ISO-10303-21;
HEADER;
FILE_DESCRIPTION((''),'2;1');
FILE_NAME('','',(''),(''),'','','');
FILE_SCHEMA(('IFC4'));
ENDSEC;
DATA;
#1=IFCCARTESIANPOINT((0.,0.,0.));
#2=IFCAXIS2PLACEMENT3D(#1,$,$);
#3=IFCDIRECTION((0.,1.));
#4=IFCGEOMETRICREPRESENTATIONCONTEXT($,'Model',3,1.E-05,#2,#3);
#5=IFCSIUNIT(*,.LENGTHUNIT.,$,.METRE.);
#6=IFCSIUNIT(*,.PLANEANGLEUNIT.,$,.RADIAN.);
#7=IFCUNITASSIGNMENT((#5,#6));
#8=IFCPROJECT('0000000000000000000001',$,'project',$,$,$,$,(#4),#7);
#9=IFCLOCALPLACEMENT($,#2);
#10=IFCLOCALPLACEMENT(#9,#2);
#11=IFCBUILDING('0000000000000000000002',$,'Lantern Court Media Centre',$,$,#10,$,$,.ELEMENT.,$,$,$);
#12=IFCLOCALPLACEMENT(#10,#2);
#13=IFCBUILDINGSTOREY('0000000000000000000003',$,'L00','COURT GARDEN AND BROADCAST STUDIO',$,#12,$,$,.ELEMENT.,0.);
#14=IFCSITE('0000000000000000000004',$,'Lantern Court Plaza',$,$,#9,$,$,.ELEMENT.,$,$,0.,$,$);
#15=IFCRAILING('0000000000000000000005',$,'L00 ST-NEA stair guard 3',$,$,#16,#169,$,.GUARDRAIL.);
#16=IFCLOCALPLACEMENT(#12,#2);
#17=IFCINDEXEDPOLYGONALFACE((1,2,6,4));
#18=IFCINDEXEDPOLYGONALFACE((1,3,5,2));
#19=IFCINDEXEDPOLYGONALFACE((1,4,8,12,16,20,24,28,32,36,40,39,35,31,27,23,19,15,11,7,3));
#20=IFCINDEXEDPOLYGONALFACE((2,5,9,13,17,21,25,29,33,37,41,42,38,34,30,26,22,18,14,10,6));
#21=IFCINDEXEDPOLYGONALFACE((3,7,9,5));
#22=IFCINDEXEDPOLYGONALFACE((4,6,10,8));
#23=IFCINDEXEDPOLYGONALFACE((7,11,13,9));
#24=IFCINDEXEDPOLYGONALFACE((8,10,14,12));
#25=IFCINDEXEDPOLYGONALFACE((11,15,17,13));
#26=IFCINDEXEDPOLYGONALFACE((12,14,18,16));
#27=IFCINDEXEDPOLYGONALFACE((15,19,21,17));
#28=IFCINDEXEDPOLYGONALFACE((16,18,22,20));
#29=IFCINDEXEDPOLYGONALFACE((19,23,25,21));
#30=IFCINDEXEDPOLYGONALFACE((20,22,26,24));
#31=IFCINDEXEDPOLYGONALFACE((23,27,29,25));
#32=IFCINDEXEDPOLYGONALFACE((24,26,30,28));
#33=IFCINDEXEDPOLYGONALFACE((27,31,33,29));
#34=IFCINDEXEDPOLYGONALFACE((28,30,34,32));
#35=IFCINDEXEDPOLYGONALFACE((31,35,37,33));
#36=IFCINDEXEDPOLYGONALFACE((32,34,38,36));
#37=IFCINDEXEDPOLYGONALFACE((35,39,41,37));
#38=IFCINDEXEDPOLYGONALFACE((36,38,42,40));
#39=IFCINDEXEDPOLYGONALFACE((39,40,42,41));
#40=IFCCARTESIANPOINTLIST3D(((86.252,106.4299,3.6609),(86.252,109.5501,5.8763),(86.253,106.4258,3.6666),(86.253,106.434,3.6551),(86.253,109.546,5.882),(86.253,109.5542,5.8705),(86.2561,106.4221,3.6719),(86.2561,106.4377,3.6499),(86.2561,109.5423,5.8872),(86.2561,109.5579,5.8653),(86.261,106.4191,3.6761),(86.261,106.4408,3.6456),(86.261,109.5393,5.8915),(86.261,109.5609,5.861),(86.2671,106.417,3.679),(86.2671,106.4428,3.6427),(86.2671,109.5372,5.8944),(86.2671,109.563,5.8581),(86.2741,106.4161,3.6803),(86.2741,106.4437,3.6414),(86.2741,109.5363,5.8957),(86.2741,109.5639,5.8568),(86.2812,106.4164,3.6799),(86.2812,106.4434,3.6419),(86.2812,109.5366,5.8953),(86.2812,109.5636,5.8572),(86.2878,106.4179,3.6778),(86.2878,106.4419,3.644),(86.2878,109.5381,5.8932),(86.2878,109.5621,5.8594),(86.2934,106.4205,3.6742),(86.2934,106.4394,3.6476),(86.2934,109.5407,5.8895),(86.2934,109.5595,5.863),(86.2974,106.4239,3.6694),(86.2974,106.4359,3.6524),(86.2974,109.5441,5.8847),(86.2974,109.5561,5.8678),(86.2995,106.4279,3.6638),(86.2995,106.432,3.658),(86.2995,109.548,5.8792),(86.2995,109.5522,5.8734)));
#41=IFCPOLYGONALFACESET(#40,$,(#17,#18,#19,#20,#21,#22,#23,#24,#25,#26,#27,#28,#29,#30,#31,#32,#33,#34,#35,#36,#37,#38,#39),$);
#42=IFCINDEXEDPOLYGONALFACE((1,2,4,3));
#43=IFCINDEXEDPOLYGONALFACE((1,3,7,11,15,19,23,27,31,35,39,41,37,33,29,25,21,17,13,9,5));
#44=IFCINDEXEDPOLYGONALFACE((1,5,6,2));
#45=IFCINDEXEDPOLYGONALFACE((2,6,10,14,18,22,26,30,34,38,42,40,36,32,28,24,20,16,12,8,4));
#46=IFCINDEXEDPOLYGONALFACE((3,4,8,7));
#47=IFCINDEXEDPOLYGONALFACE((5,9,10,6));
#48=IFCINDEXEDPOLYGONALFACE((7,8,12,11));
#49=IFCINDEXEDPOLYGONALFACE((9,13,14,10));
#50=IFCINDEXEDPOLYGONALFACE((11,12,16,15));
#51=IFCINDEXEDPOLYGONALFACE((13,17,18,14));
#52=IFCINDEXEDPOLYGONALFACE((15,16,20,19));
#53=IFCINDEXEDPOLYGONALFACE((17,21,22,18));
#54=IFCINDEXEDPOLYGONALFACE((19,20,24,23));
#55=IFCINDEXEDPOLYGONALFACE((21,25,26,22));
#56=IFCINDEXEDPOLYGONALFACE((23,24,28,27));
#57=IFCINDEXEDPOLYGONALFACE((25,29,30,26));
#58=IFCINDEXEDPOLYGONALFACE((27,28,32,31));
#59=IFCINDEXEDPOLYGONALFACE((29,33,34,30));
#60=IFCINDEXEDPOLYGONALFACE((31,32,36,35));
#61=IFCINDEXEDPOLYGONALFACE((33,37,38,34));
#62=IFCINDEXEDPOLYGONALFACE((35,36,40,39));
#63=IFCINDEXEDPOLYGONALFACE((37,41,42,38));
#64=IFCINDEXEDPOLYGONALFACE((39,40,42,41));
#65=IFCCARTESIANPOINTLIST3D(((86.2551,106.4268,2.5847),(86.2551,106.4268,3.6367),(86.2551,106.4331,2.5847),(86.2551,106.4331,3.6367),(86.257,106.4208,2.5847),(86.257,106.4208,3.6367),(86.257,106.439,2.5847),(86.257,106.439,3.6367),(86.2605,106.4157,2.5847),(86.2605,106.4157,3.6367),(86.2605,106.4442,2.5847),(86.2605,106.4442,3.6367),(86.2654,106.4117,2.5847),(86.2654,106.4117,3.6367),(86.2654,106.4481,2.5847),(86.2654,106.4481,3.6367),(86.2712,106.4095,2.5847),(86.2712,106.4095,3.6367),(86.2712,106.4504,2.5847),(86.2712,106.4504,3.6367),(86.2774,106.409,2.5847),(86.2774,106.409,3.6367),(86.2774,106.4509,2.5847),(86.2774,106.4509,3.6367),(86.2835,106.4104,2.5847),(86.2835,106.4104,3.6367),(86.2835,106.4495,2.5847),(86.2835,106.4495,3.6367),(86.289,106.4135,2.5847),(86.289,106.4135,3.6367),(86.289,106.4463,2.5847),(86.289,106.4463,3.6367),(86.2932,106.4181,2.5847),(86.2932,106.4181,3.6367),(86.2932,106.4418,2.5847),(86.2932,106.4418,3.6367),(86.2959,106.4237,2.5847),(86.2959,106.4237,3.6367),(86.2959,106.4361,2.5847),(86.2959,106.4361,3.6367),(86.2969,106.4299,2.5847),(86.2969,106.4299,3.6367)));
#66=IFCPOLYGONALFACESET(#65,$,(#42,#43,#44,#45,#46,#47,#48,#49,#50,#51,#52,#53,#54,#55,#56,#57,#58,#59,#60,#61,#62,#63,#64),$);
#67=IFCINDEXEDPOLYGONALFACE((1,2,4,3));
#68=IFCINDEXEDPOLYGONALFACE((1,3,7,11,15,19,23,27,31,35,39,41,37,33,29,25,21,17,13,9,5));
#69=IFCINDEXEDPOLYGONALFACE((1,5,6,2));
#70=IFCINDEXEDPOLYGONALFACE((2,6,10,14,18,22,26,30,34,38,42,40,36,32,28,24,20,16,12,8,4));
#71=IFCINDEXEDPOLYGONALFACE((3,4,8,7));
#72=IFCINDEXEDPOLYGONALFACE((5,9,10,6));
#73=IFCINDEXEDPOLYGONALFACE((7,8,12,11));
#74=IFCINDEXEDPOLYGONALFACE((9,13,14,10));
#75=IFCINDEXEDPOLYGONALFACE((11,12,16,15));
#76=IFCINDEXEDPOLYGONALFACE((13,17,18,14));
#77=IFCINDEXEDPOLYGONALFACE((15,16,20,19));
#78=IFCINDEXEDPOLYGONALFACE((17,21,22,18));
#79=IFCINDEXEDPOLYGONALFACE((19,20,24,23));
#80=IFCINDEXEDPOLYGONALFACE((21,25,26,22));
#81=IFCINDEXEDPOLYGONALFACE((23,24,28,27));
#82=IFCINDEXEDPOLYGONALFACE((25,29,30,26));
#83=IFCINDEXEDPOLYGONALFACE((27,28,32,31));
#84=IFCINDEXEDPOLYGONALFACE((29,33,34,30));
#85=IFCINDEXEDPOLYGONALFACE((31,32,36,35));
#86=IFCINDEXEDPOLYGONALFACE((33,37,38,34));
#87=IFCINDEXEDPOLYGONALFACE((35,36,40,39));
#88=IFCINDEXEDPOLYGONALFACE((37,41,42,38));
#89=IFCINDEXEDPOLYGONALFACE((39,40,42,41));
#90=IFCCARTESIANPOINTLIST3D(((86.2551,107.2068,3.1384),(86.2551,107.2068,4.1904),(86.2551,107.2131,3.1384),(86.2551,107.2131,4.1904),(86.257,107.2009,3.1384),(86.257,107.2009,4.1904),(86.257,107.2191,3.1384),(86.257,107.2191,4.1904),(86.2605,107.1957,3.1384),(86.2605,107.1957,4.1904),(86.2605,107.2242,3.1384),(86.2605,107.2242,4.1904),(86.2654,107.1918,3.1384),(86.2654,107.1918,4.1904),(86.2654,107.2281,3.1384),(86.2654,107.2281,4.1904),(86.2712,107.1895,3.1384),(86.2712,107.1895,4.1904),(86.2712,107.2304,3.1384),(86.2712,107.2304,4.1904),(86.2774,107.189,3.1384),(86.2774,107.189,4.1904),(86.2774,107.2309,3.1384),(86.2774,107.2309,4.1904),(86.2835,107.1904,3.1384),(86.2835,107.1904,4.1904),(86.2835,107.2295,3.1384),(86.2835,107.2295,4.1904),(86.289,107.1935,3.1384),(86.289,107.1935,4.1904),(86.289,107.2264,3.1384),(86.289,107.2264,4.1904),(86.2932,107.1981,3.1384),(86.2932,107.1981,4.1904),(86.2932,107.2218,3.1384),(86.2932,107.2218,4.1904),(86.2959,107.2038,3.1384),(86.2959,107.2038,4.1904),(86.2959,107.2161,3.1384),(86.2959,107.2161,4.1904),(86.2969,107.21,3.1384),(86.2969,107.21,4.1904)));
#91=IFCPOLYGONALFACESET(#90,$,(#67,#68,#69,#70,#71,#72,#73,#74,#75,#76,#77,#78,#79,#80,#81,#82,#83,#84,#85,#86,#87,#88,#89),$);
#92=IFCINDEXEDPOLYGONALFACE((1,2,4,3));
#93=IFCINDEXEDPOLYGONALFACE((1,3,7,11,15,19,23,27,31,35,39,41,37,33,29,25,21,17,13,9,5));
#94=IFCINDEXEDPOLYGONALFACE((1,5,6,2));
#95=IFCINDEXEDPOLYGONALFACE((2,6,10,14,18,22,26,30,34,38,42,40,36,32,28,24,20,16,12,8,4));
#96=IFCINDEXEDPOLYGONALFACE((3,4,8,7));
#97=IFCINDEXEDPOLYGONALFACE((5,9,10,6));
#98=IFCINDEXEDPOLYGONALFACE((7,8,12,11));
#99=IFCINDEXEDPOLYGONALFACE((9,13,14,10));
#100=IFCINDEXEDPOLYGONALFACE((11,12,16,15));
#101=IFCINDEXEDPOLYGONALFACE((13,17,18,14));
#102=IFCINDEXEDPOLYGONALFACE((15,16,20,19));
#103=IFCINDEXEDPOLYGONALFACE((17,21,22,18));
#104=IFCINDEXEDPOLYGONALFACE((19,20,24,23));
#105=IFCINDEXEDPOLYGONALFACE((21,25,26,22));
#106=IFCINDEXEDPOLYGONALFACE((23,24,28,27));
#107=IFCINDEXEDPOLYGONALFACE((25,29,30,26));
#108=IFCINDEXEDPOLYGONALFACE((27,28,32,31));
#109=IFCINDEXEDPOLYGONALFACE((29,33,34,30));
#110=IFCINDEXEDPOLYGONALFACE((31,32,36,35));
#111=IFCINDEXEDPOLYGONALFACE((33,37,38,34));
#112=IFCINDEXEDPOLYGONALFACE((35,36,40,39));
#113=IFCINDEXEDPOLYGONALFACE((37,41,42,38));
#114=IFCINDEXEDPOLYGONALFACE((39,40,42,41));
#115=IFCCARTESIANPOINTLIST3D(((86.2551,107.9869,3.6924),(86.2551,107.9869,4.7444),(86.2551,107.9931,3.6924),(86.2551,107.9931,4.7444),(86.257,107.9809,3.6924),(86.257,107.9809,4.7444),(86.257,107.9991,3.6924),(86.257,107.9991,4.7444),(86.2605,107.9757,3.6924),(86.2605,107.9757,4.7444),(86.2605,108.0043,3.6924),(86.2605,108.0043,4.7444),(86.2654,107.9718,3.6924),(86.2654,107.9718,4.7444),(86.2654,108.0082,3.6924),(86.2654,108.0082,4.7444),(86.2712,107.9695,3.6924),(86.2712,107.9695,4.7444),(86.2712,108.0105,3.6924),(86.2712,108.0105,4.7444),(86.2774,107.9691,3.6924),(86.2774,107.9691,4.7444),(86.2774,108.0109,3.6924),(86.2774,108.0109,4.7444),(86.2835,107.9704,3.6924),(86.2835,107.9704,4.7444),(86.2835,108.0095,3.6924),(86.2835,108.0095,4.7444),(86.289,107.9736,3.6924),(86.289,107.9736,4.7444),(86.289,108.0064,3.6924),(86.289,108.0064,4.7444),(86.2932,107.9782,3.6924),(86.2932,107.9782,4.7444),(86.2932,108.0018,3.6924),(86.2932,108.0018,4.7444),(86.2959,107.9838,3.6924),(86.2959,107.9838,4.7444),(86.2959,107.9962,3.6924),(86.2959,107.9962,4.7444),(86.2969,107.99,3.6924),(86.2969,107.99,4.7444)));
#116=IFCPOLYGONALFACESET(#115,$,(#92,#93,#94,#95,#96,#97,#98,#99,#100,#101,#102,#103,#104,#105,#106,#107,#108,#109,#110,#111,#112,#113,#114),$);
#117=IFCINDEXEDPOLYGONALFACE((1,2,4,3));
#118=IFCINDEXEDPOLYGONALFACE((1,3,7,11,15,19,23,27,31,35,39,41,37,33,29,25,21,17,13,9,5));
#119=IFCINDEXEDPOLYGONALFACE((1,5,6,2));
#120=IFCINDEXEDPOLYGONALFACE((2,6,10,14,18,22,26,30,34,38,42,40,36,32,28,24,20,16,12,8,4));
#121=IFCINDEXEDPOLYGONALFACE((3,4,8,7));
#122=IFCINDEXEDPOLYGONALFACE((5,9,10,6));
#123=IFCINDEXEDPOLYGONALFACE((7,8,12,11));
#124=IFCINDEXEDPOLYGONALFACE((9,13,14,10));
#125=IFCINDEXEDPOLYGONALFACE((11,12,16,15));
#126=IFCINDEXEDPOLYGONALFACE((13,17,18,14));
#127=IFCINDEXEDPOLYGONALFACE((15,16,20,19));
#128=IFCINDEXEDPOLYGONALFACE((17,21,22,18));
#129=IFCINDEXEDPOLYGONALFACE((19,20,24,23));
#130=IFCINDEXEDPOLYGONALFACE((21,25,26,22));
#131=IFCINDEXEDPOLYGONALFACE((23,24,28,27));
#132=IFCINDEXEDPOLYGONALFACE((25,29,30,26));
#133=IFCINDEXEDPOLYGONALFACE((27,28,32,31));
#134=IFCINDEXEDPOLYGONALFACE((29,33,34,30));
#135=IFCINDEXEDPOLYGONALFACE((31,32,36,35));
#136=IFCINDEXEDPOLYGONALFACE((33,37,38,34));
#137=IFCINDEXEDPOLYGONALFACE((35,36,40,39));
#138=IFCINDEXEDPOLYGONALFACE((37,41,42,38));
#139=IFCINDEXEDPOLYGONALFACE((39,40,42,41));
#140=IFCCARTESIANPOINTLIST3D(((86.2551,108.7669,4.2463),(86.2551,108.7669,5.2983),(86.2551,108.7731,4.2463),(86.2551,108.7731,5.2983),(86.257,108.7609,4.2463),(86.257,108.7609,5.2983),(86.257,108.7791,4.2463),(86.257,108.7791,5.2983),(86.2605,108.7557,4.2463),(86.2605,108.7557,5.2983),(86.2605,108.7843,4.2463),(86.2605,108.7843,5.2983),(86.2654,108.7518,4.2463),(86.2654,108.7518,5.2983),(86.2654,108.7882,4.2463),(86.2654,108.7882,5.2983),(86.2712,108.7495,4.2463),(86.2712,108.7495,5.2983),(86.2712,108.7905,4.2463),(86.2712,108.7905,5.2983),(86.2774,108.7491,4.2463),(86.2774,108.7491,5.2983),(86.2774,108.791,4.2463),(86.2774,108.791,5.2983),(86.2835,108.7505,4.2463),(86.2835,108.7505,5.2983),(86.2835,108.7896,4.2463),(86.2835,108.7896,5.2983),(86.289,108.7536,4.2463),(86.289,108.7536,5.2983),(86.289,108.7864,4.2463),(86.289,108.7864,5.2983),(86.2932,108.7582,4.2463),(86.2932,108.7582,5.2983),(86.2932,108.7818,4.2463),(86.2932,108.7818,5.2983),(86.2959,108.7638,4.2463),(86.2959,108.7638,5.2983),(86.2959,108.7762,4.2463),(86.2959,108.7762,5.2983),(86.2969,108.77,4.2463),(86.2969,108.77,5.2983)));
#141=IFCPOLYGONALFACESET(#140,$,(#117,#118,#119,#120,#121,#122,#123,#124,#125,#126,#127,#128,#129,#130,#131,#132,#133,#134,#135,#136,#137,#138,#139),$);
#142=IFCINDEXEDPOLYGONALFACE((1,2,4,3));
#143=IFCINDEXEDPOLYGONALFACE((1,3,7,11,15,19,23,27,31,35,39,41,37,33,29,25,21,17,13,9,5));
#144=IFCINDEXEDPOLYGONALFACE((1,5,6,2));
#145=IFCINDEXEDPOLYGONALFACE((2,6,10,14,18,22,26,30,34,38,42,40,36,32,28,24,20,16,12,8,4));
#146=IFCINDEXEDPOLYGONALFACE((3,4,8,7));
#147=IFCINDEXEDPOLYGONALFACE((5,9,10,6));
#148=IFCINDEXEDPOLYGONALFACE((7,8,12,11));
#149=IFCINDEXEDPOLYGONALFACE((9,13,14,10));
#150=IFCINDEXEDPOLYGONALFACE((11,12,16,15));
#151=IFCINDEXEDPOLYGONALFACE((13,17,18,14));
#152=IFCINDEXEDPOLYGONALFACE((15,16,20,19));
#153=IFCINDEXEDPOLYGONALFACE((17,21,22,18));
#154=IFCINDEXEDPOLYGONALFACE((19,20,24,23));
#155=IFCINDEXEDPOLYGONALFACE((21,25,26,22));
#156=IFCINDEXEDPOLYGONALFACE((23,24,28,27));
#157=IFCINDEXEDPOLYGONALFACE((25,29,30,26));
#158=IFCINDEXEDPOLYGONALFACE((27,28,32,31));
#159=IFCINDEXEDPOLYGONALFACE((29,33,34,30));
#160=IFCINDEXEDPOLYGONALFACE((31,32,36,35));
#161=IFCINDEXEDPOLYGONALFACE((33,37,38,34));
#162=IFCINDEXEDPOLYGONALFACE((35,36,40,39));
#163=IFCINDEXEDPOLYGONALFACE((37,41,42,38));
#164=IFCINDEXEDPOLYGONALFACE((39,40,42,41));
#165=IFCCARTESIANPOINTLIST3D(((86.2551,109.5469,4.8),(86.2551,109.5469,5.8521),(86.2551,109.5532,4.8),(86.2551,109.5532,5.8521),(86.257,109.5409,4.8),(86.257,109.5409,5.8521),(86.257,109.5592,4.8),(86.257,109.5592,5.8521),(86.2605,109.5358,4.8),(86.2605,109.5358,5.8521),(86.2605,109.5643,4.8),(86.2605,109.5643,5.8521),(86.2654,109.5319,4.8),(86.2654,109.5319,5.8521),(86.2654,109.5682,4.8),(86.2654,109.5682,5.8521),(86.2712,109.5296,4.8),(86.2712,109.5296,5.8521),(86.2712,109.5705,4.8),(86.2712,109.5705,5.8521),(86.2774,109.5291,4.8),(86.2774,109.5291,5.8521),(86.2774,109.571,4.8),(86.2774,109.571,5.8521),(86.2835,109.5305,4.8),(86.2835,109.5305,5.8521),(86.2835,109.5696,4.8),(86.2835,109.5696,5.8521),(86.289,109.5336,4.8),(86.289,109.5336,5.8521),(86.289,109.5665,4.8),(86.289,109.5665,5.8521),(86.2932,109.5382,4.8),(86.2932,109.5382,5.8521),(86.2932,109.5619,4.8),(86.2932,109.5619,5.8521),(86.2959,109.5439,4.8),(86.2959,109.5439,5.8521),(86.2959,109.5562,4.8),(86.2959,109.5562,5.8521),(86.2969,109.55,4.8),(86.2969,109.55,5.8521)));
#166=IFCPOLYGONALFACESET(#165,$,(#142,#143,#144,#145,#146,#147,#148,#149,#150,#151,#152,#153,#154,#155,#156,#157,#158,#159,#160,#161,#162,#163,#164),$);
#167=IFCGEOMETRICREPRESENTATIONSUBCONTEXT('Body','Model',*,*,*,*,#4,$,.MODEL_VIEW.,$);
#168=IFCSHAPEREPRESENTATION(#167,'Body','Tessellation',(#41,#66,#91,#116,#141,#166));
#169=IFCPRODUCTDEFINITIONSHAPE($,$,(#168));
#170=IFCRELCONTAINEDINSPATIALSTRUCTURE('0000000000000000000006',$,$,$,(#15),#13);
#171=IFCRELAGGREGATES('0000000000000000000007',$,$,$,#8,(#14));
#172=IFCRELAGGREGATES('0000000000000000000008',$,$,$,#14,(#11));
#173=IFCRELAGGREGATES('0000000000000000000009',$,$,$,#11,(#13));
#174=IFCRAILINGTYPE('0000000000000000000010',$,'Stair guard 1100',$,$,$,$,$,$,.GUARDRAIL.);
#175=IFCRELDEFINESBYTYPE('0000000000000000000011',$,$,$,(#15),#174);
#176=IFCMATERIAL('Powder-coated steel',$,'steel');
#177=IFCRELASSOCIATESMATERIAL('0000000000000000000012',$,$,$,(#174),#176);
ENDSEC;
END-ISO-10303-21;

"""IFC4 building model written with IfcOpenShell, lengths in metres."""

from ifc_helpers import new_model, si_unit, direction, frame, origin, origin_2d, place, context, subcontext, project, spatial, circle, extrude, material, type_object, element, save


model = new_model("IFC4")

# Units and contexts
model_context = context("Model", 3, precision=1e-05, world=origin(), true_north=direction((0.0, 1.0)))
body_context = subcontext(model_context, "Body", "Model", "MODEL_VIEW")
ifc_project = project(units=[si_unit("LENGTHUNIT", "METRE"), si_unit("PLANEANGLEUNIT", "RADIAN")], contexts=[model_context])

# Site, building, storey
site_placement = place(None, origin())
site = spatial("IfcSite", under=ifc_project, at=site_placement, Name="Lantern Court Plaza", CompositionType="ELEMENT", RefElevation=0.0)
building_placement = place(site_placement, origin())
building = spatial("IfcBuilding", under=site, at=building_placement, Name="Lantern Court Media Centre", CompositionType="ELEMENT")
storey_placement = place(building_placement, origin())
storey = spatial("IfcBuildingStorey", under=building, at=storey_placement, Name="L00", Description="COURT GARDEN AND BROADCAST STUDIO", CompositionType="ELEMENT", Elevation=0.0)

# Railing
ifc_material_1 = material(Name="Powder-coated steel", Category="steel")
railing_type_1 = type_object("IfcRailingType", Name="Stair guard 1100", PredefinedType="GUARDRAIL", material=ifc_material_1)
railing_1_placement = place(storey_placement, frame((86.2759, 106.4299, 2.5847)))
element("IfcRailing", 1, at=railing_1_placement, inside=storey, type_object=railing_type_1, Name="L00 ST-NEA stair guard 3", PredefinedType="GUARDRAIL", context=body_context, shape_type="SweptSolid", body=[
    extrude(circle(Radius=0.0239, at=origin_2d()), frame((0.0, 0.0, 1.0762), z_axis=(0.0, 0.815377, 0.57893), x_axis=(-1.0, 0.0, 0.0)), (0.0, 0.0, 1.0), 3.8267),
    extrude(circle(Radius=0.021, at=origin_2d()), origin(), (0.0, 0.0, 1.0), 1.052),
    extrude(circle(Radius=0.021, at=origin_2d()), frame((0.0, 0.78, 0.5537)), (0.0, 0.0, 1.0), 1.052),
    extrude(circle(Radius=0.021, at=origin_2d()), frame((0.0, 1.5601, 1.1077)), (0.0, 0.0, 1.0), 1.052),
    extrude(circle(Radius=0.021, at=origin_2d()), frame((0.0, 2.3401, 1.6616)), (0.0, 0.0, 1.0), 1.052),
    extrude(circle(Radius=0.021, at=origin_2d()), frame((0.0, 3.1201, 2.2153)), (0.0, 0.0, 1.0), 1.052),
])

save(model, "model.ifc")
